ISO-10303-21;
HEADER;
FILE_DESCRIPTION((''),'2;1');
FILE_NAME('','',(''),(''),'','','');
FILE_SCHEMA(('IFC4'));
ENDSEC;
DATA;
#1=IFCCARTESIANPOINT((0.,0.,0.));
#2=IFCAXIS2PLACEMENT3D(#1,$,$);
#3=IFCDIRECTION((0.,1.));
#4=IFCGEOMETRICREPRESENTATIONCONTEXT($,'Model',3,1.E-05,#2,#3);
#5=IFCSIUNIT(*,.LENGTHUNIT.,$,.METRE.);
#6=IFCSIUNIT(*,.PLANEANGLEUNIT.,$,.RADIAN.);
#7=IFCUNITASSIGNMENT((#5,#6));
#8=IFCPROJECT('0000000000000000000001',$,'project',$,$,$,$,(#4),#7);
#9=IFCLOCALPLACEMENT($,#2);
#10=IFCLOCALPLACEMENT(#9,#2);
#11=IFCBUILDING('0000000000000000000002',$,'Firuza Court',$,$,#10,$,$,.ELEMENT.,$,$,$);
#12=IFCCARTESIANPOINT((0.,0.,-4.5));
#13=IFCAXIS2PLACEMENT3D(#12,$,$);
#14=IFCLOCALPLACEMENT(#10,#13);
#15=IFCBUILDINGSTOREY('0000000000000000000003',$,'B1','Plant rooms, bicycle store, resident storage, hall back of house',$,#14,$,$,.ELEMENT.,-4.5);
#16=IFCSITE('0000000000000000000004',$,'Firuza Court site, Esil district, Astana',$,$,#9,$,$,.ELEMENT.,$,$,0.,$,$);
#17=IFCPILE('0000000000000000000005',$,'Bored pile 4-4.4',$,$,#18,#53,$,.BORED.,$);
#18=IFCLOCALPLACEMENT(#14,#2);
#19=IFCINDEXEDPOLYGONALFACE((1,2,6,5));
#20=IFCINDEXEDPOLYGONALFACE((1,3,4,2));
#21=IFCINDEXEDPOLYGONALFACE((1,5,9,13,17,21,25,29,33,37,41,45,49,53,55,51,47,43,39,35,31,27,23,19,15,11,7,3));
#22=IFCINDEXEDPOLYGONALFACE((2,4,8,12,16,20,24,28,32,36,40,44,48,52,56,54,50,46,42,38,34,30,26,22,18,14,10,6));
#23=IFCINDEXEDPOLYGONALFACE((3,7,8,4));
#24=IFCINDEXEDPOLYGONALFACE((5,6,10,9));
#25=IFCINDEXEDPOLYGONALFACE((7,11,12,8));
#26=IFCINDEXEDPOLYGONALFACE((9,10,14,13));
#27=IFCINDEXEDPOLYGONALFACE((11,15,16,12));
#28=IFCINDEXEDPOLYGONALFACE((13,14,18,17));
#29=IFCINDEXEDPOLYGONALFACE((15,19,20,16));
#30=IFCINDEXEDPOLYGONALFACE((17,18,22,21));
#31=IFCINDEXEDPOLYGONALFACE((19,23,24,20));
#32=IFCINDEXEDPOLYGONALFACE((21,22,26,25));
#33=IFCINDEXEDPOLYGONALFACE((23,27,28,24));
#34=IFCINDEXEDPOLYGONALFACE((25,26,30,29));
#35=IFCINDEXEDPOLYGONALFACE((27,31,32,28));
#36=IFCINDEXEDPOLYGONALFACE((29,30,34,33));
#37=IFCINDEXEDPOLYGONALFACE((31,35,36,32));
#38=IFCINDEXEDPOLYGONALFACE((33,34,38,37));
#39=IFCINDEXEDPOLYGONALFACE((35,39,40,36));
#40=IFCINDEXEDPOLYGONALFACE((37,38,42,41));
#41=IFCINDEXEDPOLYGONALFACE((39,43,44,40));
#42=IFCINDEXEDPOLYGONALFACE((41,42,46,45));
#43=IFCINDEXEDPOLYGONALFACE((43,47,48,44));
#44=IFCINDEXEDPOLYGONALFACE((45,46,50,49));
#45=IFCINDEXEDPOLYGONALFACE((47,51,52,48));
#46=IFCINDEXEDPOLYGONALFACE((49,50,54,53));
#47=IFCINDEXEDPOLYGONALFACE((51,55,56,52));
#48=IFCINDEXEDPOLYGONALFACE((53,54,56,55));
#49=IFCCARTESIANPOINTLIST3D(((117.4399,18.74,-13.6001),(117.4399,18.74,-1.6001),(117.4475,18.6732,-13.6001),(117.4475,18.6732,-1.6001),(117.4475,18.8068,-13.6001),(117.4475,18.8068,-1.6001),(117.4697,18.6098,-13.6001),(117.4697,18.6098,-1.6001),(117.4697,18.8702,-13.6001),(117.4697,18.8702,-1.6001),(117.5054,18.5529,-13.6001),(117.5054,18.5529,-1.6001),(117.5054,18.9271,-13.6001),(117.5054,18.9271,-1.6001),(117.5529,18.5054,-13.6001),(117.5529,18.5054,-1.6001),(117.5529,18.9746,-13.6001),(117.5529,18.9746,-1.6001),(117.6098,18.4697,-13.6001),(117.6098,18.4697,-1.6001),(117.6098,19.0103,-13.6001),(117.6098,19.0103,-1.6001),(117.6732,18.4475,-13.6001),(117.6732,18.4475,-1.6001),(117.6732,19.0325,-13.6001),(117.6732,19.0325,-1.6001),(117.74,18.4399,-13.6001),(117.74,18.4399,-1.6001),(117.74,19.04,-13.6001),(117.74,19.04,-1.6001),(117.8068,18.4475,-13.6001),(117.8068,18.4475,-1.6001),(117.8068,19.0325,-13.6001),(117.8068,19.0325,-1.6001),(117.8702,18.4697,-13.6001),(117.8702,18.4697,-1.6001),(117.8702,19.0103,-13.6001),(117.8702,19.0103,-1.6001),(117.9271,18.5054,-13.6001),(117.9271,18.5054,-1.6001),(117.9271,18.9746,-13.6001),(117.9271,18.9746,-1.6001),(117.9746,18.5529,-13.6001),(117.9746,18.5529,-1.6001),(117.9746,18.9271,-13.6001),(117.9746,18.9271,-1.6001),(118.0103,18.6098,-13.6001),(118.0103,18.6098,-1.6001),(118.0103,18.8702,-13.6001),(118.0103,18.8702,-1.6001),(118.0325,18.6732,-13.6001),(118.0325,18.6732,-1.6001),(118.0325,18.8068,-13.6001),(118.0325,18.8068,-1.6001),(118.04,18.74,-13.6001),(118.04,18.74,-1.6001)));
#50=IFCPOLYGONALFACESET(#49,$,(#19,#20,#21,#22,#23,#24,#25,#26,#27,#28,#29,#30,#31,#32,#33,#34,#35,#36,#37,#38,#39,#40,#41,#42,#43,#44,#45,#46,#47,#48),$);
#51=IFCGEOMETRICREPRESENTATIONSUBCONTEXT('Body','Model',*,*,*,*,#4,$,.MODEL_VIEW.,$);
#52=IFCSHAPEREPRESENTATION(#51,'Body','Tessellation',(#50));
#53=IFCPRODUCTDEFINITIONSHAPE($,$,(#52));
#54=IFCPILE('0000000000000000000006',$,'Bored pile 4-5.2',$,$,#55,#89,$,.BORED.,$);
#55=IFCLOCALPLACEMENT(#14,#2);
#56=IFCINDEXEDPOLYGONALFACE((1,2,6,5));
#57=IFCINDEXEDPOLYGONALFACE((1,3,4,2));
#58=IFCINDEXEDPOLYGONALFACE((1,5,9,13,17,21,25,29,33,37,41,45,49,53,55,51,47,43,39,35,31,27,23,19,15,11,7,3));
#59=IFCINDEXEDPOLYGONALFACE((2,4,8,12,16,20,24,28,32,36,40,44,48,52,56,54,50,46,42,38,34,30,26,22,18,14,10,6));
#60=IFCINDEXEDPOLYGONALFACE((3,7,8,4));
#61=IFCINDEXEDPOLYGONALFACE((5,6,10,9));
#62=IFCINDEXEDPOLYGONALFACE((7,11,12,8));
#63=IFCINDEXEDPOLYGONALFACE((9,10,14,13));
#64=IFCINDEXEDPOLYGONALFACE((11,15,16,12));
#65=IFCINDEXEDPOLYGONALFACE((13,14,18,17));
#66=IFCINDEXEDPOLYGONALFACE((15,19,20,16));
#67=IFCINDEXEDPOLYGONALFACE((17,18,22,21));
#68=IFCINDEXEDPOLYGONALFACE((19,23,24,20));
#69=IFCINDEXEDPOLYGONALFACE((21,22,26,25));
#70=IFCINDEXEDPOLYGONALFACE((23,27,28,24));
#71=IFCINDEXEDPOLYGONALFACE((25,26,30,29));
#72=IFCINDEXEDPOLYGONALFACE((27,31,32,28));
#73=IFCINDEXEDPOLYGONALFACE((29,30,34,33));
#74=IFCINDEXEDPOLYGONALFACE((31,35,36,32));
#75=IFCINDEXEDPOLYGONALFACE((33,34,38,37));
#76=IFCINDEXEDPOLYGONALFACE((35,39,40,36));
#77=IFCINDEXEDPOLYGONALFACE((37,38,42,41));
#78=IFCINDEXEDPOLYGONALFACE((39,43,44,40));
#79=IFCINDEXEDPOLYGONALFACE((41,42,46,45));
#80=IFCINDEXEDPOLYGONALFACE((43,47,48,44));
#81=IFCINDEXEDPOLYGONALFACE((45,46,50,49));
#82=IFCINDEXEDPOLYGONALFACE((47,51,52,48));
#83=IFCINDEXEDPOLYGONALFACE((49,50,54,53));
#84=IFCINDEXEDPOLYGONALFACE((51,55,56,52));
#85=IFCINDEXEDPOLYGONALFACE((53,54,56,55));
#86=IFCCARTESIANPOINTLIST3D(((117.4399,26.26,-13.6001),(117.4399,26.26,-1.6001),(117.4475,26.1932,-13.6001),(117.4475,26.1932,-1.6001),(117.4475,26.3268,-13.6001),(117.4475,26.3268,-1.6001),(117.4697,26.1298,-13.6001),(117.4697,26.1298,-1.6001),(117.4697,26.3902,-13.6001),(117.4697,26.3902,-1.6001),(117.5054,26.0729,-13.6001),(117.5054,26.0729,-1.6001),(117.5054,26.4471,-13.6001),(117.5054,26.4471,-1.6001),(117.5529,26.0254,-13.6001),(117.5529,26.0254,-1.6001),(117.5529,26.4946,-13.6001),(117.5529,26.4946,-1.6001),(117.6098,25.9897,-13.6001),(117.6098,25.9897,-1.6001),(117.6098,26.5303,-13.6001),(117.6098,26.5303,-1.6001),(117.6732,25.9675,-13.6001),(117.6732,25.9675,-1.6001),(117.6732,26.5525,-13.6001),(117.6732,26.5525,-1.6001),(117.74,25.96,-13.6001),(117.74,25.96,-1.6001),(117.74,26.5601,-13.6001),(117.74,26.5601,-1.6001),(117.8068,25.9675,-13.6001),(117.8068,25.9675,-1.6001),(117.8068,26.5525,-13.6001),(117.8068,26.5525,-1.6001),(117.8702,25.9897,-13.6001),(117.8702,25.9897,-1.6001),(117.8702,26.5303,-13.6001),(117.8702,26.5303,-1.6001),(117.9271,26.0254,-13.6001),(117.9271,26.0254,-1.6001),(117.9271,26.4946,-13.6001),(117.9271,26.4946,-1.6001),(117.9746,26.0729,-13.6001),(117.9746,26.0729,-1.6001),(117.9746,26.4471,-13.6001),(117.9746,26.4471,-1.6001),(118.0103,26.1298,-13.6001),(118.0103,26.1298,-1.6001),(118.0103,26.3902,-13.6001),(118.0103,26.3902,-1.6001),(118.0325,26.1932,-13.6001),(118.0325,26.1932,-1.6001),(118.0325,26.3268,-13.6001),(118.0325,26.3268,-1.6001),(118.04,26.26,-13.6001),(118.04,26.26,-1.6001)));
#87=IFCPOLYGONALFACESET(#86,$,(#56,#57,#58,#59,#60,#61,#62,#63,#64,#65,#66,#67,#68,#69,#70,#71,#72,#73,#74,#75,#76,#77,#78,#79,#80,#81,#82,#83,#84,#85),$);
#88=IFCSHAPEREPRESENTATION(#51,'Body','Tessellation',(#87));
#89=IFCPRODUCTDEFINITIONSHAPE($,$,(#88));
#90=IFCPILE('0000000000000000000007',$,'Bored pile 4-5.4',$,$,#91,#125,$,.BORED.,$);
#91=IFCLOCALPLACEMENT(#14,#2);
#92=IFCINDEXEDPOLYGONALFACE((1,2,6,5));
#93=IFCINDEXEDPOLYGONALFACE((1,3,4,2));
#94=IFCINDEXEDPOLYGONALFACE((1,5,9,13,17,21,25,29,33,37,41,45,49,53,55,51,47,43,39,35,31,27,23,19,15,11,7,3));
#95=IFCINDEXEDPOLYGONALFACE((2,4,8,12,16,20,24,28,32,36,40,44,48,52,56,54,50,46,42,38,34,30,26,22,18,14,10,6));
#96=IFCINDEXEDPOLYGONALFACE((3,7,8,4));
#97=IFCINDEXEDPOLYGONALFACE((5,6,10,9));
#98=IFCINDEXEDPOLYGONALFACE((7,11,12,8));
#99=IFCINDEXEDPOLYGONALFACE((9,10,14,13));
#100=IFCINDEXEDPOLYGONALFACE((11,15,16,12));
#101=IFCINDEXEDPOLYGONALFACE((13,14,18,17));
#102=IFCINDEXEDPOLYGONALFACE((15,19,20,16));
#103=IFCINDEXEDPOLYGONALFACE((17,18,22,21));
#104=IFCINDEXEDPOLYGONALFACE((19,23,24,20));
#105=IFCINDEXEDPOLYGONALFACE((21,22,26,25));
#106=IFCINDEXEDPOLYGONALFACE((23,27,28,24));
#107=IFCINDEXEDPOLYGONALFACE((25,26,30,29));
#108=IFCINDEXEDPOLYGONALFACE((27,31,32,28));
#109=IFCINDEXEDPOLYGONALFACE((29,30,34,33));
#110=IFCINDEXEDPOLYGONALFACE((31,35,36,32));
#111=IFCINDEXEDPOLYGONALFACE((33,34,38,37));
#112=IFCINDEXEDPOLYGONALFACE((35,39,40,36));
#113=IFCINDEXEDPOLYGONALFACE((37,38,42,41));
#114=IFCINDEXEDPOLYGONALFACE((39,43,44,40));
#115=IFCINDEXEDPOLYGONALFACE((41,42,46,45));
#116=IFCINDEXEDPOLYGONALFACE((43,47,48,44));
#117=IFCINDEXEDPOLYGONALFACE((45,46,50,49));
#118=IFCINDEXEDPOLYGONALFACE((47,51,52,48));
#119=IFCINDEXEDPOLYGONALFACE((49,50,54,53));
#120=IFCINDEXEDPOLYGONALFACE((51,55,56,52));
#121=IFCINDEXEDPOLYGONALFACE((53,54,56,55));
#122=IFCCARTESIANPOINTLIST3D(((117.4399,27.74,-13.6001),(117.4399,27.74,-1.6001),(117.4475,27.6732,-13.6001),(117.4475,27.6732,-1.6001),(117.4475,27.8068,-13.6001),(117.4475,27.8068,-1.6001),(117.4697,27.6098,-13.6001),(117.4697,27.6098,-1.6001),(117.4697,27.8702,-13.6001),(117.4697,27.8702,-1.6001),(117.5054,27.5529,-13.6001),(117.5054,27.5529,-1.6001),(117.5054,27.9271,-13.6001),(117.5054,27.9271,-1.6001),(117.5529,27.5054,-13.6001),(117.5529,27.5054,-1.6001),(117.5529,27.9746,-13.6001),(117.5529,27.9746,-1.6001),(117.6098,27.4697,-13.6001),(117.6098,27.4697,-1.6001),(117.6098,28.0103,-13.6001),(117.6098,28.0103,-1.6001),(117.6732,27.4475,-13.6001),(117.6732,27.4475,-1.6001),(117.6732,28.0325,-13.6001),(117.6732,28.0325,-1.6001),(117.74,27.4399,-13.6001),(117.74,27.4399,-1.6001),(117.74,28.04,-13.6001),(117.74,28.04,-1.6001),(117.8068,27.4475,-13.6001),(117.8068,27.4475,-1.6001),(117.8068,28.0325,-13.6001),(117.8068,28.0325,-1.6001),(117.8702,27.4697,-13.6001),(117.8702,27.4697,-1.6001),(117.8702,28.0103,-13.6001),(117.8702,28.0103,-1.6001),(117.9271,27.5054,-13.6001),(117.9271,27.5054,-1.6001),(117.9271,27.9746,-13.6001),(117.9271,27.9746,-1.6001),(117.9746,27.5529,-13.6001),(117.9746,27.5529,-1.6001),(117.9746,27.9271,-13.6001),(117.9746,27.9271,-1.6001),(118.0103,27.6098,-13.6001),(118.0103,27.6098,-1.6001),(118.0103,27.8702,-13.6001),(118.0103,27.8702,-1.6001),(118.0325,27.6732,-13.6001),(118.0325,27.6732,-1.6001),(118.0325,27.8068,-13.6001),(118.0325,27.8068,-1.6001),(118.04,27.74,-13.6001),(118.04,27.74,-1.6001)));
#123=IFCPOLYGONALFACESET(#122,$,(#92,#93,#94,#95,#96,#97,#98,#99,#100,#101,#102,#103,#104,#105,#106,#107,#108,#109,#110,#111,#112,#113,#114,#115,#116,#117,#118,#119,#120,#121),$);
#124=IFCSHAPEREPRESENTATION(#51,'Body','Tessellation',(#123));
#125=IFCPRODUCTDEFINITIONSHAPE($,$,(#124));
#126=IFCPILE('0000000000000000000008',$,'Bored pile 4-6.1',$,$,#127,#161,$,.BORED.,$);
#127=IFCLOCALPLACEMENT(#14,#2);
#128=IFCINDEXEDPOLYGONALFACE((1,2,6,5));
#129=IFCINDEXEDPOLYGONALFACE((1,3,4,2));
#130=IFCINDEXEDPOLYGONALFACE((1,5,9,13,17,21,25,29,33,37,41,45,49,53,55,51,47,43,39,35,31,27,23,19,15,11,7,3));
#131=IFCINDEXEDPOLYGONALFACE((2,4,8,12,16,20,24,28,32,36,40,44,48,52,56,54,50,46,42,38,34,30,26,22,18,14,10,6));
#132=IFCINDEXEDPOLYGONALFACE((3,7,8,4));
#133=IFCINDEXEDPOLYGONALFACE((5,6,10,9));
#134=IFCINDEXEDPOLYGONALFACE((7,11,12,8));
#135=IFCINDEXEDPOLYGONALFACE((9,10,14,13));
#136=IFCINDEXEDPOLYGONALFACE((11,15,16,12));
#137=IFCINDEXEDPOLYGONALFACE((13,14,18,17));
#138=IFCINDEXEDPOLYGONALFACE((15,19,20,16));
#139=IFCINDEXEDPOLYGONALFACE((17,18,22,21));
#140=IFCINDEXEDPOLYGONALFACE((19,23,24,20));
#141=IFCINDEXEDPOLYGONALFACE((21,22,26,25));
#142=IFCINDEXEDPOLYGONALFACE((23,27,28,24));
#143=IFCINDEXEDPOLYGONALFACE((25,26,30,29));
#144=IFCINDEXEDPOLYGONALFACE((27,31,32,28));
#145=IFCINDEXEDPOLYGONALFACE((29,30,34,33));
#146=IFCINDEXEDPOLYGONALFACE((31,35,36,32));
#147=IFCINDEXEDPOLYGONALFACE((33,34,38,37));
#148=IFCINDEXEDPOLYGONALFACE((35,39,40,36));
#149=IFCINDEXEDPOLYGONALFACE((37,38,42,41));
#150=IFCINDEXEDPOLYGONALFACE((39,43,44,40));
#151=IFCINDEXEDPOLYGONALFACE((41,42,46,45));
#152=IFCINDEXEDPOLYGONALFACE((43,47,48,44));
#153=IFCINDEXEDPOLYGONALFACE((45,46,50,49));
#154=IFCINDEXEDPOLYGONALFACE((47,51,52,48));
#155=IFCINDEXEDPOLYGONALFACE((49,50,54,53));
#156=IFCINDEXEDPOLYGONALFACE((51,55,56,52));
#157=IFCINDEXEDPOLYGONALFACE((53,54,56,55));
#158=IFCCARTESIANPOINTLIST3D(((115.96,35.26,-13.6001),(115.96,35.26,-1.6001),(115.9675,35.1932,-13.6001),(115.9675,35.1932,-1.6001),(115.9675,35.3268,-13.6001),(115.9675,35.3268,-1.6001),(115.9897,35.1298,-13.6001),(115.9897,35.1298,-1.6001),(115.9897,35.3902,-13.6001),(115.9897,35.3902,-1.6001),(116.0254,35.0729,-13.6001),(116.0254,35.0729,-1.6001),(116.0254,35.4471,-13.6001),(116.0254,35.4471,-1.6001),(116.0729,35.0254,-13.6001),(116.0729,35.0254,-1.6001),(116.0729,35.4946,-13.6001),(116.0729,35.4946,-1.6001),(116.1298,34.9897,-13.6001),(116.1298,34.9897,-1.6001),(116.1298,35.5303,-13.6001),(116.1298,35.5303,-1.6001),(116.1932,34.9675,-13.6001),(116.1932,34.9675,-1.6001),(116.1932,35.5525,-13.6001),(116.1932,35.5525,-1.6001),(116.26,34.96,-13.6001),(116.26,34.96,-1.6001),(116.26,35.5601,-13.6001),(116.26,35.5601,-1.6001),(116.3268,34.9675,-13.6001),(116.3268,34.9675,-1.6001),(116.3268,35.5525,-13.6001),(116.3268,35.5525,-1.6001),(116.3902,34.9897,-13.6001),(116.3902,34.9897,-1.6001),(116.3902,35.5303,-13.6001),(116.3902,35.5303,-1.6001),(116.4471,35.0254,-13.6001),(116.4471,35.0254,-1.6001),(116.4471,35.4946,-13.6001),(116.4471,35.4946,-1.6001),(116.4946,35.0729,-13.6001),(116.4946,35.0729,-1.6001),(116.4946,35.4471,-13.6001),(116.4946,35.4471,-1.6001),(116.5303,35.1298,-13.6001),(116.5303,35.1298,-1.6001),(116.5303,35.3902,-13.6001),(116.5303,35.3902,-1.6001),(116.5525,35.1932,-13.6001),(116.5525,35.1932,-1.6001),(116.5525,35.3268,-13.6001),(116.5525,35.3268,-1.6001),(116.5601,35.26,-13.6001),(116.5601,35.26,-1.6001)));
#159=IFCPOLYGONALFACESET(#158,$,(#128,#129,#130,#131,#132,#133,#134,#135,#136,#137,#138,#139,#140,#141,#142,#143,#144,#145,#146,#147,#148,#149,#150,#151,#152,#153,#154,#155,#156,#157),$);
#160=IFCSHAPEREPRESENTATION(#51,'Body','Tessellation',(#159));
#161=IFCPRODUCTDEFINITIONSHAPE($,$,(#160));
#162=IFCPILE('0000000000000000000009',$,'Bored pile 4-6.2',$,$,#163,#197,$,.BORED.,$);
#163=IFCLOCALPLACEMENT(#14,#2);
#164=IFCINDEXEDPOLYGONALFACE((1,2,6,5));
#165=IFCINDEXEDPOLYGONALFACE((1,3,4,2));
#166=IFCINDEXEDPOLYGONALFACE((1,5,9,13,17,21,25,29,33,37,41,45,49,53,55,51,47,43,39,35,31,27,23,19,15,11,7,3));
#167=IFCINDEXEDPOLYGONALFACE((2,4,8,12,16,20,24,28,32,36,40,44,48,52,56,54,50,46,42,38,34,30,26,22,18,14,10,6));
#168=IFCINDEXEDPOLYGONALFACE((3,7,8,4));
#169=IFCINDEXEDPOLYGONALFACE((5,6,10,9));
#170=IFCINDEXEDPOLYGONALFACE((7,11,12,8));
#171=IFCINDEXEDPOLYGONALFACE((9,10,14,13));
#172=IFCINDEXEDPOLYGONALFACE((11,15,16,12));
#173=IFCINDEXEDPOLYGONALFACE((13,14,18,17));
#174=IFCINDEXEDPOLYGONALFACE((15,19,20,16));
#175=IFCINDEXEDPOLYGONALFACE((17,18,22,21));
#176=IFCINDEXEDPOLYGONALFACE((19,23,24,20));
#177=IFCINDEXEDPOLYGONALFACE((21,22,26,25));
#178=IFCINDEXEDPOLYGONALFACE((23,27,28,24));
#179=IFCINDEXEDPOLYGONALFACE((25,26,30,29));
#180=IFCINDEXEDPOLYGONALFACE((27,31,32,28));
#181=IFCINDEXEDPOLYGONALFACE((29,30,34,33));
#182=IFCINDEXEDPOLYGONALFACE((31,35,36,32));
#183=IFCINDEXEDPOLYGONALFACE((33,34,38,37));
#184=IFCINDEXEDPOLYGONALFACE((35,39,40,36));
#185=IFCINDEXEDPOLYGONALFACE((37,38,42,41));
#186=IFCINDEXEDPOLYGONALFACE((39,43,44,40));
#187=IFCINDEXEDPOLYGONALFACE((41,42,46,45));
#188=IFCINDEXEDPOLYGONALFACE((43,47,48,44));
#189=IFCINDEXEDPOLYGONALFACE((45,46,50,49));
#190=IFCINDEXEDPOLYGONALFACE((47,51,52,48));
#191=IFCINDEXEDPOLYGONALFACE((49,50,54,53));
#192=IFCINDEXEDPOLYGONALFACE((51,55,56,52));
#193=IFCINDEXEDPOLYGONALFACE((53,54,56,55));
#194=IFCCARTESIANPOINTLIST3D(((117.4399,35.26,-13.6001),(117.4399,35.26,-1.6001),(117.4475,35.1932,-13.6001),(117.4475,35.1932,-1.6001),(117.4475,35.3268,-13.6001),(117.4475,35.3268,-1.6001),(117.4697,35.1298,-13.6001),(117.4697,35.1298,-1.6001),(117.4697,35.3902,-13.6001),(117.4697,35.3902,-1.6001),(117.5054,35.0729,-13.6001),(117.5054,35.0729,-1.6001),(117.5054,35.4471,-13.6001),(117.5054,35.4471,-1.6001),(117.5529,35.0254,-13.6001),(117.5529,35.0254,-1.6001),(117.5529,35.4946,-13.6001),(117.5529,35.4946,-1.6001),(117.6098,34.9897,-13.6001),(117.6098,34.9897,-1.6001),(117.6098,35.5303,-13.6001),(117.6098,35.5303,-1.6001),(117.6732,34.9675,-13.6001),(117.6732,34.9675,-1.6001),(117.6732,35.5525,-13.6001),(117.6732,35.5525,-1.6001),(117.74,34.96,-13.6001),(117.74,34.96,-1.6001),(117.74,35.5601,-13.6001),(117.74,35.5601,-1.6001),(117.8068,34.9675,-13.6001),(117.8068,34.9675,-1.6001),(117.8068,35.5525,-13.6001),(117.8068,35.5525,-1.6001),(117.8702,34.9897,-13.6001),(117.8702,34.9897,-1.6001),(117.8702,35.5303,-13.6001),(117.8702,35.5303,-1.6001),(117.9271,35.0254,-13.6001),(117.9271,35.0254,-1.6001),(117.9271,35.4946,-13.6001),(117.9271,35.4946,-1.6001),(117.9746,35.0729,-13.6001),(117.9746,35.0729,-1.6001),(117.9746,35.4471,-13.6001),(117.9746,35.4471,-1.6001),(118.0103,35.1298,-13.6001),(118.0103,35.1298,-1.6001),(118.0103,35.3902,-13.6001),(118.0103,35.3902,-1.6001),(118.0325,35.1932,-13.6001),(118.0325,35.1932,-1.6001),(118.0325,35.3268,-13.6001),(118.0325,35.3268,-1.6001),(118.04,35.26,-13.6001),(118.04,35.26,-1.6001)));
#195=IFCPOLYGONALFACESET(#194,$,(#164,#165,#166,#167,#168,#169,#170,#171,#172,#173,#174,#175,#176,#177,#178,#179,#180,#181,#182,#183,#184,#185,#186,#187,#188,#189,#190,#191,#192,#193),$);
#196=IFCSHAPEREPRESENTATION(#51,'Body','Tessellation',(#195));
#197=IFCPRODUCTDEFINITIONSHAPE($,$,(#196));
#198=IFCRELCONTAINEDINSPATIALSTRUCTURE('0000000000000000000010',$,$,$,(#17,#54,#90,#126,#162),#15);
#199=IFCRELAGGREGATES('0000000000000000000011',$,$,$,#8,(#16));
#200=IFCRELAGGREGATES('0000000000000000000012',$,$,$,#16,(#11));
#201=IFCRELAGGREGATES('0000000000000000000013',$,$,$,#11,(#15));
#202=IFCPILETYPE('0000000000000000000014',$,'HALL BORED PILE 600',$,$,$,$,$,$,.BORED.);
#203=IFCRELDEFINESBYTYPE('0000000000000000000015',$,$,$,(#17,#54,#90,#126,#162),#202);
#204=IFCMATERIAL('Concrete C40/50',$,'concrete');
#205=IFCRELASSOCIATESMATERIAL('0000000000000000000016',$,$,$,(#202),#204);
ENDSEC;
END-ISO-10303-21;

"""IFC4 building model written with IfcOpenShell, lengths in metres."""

from ifc_helpers import new_model, si_unit, direction, frame, origin, origin_2d, place, context, subcontext, project, spatial, circle, extrude, material, material_profile, profile_set, type_object, element, save


model = new_model("IFC4")

# Units and contexts
model_context = context("Model", 3, precision=1e-05, world=origin(), true_north=direction((0.0, 1.0)))
body_context = subcontext(model_context, "Body", "Model", "MODEL_VIEW")
ifc_project = project(units=[si_unit("LENGTHUNIT", "METRE"), si_unit("PLANEANGLEUNIT", "RADIAN")], contexts=[model_context])

# Site, building, storey
site_placement = place(None, origin())
site = spatial("IfcSite", under=ifc_project, at=site_placement, Name="Firuza Court site, Esil district, Astana", CompositionType="ELEMENT", RefElevation=0.0)
building_placement = place(site_placement, origin())
building = spatial("IfcBuilding", under=site, at=building_placement, Name="Firuza Court", CompositionType="ELEMENT")
storey_placement = place(building_placement, frame((0.0, 0.0, -4.5)))
storey = spatial("IfcBuildingStorey", under=building, at=storey_placement, Name="B1", Description="Plant rooms, bicycle store, resident storage, hall back of house", CompositionType="ELEMENT", Elevation=-4.5)

# Piles
ifc_material_1 = material(Name="Concrete C40/50", Category="concrete")
ifc_material_profile_1 = material_profile(ifc_material_1, circle(Radius=0.3, at=origin_2d()), Name="PILE 600")
ifc_profile_set_1 = profile_set([ifc_material_profile_1], Name="Concrete C40/50")
pile_type = type_object("IfcPileType", Name="HALL BORED PILE 600", PredefinedType="BORED", material=ifc_profile_set_1)
for number, where, z_axis, x_axis, name in (
    (1, (117.74, 18.74, -1.6001), (0.0, 0.0, -1.0), (1.0, 0.0, 0.0), "Bored pile 4-4.4"),
    (2, (117.74, 26.26, -1.6001), (0.0, 0.0, -1.0), (1.0, 0.0, 0.0), "Bored pile 4-5.2"),
    (3, (117.74, 27.74, -1.6001), (0.0, 0.0, -1.0), (1.0, 0.0, 0.0), "Bored pile 4-5.4"),
    (4, (116.26, 35.26, -1.6001), (0.0, 0.0, -1.0), (1.0, 0.0, 0.0), "Bored pile 4-6.1"),
    (5, (117.74, 35.26, -1.6001), (0.0, 0.0, -1.0), (1.0, 0.0, 0.0), "Bored pile 4-6.2"),
):
    element("IfcPile", number, at=place(storey_placement, frame(where, z_axis=z_axis, x_axis=x_axis)), inside=storey, type_object=pile_type, Name=name, PredefinedType="BORED", context=body_context, shape_type="SweptSolid", body=[
        extrude(circle(Radius=0.3, at=origin_2d()), origin(), (0.0, 0.0, 1.0), 12.0),
    ])

save(model, "model.ifc")
